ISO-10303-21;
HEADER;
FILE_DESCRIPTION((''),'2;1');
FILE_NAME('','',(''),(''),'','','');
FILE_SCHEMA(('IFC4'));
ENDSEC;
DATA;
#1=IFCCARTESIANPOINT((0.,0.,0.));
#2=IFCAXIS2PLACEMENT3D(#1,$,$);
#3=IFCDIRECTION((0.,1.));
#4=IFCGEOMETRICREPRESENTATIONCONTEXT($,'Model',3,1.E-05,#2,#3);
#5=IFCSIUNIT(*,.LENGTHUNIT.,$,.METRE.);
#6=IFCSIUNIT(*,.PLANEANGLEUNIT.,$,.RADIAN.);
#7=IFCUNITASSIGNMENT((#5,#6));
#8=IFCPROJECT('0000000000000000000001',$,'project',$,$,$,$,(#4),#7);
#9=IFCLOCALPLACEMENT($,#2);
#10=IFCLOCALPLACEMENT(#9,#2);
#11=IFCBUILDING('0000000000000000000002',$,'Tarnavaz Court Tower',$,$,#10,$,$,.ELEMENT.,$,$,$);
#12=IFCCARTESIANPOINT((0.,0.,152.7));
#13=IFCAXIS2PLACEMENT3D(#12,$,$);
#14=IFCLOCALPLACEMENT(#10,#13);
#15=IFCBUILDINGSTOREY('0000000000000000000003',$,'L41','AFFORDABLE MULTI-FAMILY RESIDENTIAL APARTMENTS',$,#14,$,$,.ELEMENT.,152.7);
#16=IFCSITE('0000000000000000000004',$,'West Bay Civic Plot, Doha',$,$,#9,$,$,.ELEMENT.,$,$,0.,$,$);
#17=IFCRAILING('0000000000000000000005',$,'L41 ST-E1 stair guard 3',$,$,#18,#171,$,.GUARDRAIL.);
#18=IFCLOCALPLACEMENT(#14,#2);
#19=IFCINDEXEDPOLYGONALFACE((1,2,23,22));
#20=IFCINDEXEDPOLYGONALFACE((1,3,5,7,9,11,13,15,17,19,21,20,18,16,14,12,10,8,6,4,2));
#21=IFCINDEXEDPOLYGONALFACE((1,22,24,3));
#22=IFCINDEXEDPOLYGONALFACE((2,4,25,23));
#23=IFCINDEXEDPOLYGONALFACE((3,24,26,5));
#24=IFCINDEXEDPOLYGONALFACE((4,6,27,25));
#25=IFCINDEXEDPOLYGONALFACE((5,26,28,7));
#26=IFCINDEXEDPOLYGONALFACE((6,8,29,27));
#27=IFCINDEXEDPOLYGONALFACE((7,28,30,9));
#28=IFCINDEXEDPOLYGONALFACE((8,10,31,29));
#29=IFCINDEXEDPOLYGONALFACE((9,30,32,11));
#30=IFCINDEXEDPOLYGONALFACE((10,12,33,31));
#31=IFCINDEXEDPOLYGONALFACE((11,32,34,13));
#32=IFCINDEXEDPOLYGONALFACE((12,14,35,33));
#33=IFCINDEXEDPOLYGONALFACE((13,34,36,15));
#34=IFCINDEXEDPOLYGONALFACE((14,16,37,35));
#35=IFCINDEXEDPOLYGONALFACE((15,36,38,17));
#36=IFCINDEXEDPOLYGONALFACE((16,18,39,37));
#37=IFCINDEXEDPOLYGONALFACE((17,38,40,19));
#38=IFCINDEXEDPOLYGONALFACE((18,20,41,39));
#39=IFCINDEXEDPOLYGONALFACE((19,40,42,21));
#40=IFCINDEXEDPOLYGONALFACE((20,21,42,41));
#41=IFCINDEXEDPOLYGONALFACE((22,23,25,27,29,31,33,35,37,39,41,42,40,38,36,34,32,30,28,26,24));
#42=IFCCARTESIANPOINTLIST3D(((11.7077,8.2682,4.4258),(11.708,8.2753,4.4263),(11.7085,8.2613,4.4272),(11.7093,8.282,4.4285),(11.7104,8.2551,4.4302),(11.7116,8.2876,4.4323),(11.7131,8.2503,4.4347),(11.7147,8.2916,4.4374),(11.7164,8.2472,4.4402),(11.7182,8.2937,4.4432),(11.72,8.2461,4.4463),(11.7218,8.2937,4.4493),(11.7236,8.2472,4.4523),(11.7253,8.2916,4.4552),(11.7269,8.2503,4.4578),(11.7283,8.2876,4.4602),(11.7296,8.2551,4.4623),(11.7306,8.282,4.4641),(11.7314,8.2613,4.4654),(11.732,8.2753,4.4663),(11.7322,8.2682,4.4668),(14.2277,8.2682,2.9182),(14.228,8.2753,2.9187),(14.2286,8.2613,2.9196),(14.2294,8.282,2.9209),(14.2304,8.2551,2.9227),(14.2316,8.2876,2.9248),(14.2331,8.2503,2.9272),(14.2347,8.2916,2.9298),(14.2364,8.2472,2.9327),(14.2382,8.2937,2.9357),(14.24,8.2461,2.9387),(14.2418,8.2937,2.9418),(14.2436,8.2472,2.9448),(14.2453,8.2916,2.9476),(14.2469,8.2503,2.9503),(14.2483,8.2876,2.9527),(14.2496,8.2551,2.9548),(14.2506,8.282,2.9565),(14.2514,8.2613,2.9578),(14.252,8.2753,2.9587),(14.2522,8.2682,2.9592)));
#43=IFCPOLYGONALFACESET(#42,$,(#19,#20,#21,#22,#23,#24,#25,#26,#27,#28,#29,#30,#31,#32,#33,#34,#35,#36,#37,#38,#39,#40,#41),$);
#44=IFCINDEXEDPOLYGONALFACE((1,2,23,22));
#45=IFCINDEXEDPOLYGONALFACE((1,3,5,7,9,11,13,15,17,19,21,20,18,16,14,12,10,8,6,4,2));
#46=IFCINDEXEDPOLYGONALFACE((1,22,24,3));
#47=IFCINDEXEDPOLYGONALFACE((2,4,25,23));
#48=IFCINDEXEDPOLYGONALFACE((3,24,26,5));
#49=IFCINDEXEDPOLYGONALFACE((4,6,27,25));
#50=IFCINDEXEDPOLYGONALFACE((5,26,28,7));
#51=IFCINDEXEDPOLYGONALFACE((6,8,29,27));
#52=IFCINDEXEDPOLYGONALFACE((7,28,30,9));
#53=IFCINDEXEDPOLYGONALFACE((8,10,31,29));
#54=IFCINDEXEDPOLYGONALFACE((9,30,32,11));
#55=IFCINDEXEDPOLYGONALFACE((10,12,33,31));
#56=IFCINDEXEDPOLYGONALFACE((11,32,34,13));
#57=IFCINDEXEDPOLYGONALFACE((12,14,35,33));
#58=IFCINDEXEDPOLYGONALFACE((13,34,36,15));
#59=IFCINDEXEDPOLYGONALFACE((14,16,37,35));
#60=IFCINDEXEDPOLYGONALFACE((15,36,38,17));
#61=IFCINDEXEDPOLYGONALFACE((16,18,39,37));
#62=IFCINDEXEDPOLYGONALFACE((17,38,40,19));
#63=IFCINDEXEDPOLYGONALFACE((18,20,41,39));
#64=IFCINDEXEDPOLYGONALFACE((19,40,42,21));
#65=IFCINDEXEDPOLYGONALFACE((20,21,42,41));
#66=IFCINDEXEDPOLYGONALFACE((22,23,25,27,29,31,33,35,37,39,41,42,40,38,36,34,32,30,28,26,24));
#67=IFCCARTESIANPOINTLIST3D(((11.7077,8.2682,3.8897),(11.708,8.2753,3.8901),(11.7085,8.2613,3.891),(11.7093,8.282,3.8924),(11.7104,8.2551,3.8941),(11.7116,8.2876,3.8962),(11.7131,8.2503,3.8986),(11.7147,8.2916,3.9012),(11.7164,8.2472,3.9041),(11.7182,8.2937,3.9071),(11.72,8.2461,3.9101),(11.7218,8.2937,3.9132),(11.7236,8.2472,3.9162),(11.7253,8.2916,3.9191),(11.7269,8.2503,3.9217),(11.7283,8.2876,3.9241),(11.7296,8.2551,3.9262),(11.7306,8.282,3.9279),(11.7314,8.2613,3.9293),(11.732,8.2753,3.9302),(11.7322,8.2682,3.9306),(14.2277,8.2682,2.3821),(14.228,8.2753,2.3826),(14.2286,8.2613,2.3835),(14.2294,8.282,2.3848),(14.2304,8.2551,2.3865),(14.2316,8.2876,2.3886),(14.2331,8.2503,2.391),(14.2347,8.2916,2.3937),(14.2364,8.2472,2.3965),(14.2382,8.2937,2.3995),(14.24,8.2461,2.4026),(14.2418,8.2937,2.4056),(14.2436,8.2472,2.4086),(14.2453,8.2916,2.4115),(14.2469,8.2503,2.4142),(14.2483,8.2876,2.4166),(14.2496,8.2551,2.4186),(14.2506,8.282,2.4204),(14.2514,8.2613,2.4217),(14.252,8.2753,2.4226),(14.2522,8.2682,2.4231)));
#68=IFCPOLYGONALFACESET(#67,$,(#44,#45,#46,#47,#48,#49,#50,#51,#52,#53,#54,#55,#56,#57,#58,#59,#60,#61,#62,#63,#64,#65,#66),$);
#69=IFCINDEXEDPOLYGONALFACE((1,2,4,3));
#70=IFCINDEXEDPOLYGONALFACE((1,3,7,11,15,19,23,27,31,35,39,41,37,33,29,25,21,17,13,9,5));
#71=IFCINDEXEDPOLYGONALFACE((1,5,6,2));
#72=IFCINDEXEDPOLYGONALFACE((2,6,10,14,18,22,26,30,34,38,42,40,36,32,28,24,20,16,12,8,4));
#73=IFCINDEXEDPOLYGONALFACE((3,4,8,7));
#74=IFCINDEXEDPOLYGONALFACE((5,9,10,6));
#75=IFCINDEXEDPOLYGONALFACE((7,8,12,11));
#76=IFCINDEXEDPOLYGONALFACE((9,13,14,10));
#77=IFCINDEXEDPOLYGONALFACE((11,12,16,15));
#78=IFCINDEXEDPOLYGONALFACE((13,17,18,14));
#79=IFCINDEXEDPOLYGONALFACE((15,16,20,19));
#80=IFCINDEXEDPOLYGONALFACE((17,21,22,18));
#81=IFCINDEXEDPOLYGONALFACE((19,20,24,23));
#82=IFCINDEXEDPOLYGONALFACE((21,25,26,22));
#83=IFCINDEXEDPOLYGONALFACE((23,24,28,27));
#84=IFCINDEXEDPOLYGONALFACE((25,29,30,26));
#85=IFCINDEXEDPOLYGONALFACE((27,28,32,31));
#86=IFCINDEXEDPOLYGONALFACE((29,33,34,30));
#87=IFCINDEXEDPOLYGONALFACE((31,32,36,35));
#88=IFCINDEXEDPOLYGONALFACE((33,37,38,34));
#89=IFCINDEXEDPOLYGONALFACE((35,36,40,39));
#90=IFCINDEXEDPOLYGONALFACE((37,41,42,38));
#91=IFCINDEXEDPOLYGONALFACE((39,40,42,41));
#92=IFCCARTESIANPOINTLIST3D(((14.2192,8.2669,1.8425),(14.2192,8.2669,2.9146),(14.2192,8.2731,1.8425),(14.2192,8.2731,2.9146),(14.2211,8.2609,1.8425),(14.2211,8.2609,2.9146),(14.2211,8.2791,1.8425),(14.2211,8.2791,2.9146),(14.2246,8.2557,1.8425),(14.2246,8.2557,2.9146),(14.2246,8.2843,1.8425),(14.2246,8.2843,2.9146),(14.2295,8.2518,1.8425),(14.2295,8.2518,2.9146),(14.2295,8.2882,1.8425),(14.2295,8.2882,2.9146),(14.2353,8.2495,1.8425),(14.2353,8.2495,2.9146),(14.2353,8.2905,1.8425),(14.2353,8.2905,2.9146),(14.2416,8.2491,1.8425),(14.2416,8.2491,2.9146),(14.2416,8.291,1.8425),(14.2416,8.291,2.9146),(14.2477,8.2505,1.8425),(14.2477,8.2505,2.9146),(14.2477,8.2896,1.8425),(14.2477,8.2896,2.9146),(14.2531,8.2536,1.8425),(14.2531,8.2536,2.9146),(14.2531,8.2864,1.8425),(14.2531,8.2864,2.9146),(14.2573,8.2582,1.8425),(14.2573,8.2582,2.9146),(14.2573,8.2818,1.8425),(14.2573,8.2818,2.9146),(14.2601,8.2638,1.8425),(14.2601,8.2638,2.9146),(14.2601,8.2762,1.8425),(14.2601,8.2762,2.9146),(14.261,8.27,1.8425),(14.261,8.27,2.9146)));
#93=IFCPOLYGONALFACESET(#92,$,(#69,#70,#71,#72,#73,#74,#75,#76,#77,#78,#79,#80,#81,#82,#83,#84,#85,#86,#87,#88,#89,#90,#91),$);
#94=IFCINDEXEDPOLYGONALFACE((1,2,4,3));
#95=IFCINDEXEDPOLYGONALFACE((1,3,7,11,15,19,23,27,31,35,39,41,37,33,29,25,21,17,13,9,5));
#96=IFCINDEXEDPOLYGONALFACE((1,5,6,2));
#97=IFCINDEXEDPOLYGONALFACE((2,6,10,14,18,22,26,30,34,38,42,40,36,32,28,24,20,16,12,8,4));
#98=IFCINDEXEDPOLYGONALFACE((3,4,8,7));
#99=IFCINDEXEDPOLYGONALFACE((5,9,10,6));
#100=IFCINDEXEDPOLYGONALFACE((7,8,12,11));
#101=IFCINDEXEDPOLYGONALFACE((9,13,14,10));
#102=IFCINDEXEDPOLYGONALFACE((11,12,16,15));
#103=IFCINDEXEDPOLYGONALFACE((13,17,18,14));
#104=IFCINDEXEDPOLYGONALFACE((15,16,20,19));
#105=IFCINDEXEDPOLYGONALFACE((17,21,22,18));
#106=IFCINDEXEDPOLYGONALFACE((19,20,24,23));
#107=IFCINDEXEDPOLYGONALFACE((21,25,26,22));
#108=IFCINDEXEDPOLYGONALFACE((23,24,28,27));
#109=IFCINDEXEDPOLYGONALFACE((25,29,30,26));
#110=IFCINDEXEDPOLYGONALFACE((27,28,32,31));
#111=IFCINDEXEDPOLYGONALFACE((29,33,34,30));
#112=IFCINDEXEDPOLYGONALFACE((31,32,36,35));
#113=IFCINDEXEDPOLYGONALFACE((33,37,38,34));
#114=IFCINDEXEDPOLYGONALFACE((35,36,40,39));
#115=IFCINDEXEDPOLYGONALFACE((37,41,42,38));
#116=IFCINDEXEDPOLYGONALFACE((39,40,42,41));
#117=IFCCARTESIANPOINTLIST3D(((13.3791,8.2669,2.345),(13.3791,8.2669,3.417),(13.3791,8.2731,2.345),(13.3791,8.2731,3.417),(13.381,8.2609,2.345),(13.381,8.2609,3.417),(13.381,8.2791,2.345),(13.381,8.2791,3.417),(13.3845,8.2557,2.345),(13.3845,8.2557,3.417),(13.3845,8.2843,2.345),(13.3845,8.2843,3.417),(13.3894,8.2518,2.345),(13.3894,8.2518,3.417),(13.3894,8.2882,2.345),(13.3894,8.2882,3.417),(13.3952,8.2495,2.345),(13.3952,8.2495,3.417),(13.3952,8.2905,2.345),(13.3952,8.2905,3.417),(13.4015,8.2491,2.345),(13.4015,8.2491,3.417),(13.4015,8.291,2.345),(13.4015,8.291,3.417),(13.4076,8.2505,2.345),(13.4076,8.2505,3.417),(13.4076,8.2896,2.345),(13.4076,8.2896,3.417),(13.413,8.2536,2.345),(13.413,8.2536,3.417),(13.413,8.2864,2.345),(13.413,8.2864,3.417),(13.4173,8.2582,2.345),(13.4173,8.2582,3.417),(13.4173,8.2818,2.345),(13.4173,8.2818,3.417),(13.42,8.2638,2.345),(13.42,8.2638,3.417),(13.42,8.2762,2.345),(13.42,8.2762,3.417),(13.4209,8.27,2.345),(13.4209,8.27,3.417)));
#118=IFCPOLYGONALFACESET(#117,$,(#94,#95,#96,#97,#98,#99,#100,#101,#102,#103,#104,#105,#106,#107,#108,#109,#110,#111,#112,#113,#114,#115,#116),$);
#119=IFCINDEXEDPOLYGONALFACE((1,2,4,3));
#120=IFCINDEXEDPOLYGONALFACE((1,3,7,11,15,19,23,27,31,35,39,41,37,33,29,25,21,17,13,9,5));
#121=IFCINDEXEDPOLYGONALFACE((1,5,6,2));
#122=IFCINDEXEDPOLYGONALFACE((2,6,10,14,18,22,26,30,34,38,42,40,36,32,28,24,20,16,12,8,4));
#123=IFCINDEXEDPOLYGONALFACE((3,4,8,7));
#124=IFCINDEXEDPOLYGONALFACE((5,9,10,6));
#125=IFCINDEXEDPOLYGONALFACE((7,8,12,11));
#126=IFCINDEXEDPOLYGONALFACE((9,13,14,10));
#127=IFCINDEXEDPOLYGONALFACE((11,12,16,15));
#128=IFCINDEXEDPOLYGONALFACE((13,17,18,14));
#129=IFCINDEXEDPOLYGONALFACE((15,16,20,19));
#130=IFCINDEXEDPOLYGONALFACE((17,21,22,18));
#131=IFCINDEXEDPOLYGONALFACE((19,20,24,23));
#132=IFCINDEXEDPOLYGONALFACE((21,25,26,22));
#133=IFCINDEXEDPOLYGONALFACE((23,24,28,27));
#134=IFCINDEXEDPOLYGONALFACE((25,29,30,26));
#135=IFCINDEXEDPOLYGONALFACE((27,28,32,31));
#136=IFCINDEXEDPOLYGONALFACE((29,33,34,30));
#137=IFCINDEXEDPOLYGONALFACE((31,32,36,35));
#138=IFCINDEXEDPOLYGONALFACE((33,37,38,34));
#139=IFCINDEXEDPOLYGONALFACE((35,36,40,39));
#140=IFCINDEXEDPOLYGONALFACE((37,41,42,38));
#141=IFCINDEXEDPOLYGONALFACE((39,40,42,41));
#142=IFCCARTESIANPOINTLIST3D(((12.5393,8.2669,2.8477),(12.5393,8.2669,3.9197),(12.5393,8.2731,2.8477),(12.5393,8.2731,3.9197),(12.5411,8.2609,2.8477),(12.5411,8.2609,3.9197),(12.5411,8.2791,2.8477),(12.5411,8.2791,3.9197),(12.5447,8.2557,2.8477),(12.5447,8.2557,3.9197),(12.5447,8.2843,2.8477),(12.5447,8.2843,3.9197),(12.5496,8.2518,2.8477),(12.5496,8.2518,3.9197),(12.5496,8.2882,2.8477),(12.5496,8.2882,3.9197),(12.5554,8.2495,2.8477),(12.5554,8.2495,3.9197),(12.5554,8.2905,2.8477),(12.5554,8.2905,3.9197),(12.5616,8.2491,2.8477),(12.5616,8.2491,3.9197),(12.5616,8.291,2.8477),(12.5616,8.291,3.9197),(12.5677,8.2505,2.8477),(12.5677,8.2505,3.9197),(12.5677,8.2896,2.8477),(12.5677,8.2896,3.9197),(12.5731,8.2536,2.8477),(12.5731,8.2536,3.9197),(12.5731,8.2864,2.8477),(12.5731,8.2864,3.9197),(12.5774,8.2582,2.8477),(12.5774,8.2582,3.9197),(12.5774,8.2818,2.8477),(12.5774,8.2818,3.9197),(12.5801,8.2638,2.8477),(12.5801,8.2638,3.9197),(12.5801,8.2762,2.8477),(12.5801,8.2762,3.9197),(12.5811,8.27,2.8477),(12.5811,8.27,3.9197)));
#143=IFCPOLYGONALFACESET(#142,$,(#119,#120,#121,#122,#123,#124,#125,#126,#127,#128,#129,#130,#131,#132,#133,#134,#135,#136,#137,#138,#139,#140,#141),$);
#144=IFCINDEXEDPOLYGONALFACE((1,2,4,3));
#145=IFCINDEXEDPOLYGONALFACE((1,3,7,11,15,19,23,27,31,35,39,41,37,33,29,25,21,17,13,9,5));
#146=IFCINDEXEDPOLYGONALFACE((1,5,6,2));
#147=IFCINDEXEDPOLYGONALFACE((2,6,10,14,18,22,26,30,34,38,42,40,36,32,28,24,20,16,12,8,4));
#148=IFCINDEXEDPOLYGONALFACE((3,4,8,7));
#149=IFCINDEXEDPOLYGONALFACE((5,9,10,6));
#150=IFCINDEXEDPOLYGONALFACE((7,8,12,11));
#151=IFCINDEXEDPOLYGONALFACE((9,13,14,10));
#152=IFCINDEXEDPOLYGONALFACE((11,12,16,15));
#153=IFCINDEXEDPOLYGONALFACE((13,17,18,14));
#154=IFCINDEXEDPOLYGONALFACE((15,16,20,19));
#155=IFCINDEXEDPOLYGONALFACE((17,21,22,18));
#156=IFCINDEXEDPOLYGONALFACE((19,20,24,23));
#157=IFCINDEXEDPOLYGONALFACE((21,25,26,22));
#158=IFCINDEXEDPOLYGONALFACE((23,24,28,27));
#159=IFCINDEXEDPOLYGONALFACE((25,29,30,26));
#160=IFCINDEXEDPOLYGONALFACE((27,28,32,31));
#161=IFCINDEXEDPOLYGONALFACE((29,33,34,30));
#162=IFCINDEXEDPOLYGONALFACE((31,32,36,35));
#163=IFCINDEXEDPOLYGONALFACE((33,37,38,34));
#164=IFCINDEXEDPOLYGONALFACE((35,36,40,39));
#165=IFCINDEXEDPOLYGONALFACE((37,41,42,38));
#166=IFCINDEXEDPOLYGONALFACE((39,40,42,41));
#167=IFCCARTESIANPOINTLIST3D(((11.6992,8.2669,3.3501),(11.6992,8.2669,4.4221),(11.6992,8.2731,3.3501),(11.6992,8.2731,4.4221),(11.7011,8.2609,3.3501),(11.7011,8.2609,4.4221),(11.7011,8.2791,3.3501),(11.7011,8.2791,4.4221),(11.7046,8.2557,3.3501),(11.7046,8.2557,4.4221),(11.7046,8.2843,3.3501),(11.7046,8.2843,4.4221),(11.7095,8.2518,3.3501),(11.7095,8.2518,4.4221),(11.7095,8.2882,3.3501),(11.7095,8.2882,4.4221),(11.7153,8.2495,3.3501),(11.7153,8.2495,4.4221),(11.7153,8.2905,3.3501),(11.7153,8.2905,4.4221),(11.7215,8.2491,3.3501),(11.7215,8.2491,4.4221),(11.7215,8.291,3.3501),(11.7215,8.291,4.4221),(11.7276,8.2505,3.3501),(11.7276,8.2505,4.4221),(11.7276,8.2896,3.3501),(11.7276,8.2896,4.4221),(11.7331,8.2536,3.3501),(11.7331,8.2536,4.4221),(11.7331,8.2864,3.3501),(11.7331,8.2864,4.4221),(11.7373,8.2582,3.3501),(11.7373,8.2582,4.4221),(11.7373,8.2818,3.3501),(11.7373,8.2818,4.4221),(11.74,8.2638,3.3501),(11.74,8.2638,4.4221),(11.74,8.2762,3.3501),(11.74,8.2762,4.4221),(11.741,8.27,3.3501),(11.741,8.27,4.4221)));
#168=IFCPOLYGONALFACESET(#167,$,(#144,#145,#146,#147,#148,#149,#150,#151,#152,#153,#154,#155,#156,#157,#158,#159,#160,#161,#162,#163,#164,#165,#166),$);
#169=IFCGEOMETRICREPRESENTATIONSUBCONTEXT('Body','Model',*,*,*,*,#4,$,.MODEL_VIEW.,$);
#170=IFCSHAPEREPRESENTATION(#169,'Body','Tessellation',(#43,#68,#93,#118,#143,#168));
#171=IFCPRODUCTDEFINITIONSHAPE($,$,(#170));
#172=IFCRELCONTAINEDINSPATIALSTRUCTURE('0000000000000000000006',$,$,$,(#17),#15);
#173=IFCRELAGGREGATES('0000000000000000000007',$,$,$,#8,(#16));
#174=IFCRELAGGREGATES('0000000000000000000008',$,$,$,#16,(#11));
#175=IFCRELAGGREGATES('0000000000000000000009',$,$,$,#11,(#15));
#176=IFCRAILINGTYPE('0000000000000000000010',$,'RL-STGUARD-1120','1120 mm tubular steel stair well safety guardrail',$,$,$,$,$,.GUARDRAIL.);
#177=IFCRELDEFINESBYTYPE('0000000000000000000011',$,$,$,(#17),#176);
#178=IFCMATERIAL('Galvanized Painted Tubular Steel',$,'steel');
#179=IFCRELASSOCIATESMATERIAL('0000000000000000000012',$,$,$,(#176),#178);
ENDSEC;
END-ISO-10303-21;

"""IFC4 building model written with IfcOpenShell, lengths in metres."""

from ifc_helpers import new_model, si_unit, direction, frame, origin, origin_2d, place, context, subcontext, project, spatial, circle, extrude, material, type_object, element, save


model = new_model("IFC4")

# Units and contexts
model_context = context("Model", 3, precision=1e-05, world=origin(), true_north=direction((0.0, 1.0)))
body_context = subcontext(model_context, "Body", "Model", "MODEL_VIEW")
ifc_project = project(units=[si_unit("LENGTHUNIT", "METRE"), si_unit("PLANEANGLEUNIT", "RADIAN")], contexts=[model_context])

# Site, building, storey
site_placement = place(None, origin())
site = spatial("IfcSite", under=ifc_project, at=site_placement, Name="West Bay Civic Plot, Doha", CompositionType="ELEMENT", RefElevation=0.0)
building_placement = place(site_placement, origin())
building = spatial("IfcBuilding", under=site, at=building_placement, Name="Tarnavaz Court Tower", CompositionType="ELEMENT")
storey_placement = place(building_placement, frame((0.0, 0.0, 152.7)))
storey = spatial("IfcBuildingStorey", under=building, at=storey_placement, Name="L41", Description="AFFORDABLE MULTI-FAMILY RESIDENTIAL APARTMENTS", CompositionType="ELEMENT", Elevation=152.7)

# Railing
ifc_material_1 = material(Name="Galvanized Painted Tubular Steel", Category="steel")
railing_type_1 = type_object("IfcRailingType", Name="RL-STGUARD-1120", Description="1120 mm tubular steel stair well safety guardrail", PredefinedType="GUARDRAIL", material=ifc_material_1)
railing_1_placement = place(storey_placement, frame((14.24, 8.27, 1.8425)))
element("IfcRailing", 1, at=railing_1_placement, inside=storey, type_object=railing_type_1, Name="L41 ST-E1 stair guard 3", PredefinedType="GUARDRAIL", context=body_context, shape_type="SweptSolid", body=[
    extrude(circle(Radius=0.0239, at=origin_2d()), frame((0.0, 0.0, 1.0962), z_axis=(-0.85816, 0.0, 0.513383), x_axis=(0.0, -1.0, 0.0)), (0.0, 0.0, 1.0), 2.9365),
    extrude(circle(Radius=0.0239, at=origin_2d()), frame((0.0, 0.0, 0.5601), z_axis=(-0.85816, 0.0, 0.513383), x_axis=(0.0, -1.0, 0.0)), (0.0, 0.0, 1.0), 2.9365),
    extrude(circle(Radius=0.021, at=origin_2d()), origin(), (0.0, 0.0, 1.0), 1.072),
    extrude(circle(Radius=0.021, at=origin_2d()), frame((-0.8401, 0.0, 0.5024)), (0.0, 0.0, 1.0), 1.072),
    extrude(circle(Radius=0.021, at=origin_2d()), frame((-1.6799, 0.0, 1.0051)), (0.0, 0.0, 1.0), 1.072),
    extrude(circle(Radius=0.021, at=origin_2d()), frame((-2.52, 0.0, 1.5076)), (0.0, 0.0, 1.0), 1.072),
])

save(model, "model.ifc")
